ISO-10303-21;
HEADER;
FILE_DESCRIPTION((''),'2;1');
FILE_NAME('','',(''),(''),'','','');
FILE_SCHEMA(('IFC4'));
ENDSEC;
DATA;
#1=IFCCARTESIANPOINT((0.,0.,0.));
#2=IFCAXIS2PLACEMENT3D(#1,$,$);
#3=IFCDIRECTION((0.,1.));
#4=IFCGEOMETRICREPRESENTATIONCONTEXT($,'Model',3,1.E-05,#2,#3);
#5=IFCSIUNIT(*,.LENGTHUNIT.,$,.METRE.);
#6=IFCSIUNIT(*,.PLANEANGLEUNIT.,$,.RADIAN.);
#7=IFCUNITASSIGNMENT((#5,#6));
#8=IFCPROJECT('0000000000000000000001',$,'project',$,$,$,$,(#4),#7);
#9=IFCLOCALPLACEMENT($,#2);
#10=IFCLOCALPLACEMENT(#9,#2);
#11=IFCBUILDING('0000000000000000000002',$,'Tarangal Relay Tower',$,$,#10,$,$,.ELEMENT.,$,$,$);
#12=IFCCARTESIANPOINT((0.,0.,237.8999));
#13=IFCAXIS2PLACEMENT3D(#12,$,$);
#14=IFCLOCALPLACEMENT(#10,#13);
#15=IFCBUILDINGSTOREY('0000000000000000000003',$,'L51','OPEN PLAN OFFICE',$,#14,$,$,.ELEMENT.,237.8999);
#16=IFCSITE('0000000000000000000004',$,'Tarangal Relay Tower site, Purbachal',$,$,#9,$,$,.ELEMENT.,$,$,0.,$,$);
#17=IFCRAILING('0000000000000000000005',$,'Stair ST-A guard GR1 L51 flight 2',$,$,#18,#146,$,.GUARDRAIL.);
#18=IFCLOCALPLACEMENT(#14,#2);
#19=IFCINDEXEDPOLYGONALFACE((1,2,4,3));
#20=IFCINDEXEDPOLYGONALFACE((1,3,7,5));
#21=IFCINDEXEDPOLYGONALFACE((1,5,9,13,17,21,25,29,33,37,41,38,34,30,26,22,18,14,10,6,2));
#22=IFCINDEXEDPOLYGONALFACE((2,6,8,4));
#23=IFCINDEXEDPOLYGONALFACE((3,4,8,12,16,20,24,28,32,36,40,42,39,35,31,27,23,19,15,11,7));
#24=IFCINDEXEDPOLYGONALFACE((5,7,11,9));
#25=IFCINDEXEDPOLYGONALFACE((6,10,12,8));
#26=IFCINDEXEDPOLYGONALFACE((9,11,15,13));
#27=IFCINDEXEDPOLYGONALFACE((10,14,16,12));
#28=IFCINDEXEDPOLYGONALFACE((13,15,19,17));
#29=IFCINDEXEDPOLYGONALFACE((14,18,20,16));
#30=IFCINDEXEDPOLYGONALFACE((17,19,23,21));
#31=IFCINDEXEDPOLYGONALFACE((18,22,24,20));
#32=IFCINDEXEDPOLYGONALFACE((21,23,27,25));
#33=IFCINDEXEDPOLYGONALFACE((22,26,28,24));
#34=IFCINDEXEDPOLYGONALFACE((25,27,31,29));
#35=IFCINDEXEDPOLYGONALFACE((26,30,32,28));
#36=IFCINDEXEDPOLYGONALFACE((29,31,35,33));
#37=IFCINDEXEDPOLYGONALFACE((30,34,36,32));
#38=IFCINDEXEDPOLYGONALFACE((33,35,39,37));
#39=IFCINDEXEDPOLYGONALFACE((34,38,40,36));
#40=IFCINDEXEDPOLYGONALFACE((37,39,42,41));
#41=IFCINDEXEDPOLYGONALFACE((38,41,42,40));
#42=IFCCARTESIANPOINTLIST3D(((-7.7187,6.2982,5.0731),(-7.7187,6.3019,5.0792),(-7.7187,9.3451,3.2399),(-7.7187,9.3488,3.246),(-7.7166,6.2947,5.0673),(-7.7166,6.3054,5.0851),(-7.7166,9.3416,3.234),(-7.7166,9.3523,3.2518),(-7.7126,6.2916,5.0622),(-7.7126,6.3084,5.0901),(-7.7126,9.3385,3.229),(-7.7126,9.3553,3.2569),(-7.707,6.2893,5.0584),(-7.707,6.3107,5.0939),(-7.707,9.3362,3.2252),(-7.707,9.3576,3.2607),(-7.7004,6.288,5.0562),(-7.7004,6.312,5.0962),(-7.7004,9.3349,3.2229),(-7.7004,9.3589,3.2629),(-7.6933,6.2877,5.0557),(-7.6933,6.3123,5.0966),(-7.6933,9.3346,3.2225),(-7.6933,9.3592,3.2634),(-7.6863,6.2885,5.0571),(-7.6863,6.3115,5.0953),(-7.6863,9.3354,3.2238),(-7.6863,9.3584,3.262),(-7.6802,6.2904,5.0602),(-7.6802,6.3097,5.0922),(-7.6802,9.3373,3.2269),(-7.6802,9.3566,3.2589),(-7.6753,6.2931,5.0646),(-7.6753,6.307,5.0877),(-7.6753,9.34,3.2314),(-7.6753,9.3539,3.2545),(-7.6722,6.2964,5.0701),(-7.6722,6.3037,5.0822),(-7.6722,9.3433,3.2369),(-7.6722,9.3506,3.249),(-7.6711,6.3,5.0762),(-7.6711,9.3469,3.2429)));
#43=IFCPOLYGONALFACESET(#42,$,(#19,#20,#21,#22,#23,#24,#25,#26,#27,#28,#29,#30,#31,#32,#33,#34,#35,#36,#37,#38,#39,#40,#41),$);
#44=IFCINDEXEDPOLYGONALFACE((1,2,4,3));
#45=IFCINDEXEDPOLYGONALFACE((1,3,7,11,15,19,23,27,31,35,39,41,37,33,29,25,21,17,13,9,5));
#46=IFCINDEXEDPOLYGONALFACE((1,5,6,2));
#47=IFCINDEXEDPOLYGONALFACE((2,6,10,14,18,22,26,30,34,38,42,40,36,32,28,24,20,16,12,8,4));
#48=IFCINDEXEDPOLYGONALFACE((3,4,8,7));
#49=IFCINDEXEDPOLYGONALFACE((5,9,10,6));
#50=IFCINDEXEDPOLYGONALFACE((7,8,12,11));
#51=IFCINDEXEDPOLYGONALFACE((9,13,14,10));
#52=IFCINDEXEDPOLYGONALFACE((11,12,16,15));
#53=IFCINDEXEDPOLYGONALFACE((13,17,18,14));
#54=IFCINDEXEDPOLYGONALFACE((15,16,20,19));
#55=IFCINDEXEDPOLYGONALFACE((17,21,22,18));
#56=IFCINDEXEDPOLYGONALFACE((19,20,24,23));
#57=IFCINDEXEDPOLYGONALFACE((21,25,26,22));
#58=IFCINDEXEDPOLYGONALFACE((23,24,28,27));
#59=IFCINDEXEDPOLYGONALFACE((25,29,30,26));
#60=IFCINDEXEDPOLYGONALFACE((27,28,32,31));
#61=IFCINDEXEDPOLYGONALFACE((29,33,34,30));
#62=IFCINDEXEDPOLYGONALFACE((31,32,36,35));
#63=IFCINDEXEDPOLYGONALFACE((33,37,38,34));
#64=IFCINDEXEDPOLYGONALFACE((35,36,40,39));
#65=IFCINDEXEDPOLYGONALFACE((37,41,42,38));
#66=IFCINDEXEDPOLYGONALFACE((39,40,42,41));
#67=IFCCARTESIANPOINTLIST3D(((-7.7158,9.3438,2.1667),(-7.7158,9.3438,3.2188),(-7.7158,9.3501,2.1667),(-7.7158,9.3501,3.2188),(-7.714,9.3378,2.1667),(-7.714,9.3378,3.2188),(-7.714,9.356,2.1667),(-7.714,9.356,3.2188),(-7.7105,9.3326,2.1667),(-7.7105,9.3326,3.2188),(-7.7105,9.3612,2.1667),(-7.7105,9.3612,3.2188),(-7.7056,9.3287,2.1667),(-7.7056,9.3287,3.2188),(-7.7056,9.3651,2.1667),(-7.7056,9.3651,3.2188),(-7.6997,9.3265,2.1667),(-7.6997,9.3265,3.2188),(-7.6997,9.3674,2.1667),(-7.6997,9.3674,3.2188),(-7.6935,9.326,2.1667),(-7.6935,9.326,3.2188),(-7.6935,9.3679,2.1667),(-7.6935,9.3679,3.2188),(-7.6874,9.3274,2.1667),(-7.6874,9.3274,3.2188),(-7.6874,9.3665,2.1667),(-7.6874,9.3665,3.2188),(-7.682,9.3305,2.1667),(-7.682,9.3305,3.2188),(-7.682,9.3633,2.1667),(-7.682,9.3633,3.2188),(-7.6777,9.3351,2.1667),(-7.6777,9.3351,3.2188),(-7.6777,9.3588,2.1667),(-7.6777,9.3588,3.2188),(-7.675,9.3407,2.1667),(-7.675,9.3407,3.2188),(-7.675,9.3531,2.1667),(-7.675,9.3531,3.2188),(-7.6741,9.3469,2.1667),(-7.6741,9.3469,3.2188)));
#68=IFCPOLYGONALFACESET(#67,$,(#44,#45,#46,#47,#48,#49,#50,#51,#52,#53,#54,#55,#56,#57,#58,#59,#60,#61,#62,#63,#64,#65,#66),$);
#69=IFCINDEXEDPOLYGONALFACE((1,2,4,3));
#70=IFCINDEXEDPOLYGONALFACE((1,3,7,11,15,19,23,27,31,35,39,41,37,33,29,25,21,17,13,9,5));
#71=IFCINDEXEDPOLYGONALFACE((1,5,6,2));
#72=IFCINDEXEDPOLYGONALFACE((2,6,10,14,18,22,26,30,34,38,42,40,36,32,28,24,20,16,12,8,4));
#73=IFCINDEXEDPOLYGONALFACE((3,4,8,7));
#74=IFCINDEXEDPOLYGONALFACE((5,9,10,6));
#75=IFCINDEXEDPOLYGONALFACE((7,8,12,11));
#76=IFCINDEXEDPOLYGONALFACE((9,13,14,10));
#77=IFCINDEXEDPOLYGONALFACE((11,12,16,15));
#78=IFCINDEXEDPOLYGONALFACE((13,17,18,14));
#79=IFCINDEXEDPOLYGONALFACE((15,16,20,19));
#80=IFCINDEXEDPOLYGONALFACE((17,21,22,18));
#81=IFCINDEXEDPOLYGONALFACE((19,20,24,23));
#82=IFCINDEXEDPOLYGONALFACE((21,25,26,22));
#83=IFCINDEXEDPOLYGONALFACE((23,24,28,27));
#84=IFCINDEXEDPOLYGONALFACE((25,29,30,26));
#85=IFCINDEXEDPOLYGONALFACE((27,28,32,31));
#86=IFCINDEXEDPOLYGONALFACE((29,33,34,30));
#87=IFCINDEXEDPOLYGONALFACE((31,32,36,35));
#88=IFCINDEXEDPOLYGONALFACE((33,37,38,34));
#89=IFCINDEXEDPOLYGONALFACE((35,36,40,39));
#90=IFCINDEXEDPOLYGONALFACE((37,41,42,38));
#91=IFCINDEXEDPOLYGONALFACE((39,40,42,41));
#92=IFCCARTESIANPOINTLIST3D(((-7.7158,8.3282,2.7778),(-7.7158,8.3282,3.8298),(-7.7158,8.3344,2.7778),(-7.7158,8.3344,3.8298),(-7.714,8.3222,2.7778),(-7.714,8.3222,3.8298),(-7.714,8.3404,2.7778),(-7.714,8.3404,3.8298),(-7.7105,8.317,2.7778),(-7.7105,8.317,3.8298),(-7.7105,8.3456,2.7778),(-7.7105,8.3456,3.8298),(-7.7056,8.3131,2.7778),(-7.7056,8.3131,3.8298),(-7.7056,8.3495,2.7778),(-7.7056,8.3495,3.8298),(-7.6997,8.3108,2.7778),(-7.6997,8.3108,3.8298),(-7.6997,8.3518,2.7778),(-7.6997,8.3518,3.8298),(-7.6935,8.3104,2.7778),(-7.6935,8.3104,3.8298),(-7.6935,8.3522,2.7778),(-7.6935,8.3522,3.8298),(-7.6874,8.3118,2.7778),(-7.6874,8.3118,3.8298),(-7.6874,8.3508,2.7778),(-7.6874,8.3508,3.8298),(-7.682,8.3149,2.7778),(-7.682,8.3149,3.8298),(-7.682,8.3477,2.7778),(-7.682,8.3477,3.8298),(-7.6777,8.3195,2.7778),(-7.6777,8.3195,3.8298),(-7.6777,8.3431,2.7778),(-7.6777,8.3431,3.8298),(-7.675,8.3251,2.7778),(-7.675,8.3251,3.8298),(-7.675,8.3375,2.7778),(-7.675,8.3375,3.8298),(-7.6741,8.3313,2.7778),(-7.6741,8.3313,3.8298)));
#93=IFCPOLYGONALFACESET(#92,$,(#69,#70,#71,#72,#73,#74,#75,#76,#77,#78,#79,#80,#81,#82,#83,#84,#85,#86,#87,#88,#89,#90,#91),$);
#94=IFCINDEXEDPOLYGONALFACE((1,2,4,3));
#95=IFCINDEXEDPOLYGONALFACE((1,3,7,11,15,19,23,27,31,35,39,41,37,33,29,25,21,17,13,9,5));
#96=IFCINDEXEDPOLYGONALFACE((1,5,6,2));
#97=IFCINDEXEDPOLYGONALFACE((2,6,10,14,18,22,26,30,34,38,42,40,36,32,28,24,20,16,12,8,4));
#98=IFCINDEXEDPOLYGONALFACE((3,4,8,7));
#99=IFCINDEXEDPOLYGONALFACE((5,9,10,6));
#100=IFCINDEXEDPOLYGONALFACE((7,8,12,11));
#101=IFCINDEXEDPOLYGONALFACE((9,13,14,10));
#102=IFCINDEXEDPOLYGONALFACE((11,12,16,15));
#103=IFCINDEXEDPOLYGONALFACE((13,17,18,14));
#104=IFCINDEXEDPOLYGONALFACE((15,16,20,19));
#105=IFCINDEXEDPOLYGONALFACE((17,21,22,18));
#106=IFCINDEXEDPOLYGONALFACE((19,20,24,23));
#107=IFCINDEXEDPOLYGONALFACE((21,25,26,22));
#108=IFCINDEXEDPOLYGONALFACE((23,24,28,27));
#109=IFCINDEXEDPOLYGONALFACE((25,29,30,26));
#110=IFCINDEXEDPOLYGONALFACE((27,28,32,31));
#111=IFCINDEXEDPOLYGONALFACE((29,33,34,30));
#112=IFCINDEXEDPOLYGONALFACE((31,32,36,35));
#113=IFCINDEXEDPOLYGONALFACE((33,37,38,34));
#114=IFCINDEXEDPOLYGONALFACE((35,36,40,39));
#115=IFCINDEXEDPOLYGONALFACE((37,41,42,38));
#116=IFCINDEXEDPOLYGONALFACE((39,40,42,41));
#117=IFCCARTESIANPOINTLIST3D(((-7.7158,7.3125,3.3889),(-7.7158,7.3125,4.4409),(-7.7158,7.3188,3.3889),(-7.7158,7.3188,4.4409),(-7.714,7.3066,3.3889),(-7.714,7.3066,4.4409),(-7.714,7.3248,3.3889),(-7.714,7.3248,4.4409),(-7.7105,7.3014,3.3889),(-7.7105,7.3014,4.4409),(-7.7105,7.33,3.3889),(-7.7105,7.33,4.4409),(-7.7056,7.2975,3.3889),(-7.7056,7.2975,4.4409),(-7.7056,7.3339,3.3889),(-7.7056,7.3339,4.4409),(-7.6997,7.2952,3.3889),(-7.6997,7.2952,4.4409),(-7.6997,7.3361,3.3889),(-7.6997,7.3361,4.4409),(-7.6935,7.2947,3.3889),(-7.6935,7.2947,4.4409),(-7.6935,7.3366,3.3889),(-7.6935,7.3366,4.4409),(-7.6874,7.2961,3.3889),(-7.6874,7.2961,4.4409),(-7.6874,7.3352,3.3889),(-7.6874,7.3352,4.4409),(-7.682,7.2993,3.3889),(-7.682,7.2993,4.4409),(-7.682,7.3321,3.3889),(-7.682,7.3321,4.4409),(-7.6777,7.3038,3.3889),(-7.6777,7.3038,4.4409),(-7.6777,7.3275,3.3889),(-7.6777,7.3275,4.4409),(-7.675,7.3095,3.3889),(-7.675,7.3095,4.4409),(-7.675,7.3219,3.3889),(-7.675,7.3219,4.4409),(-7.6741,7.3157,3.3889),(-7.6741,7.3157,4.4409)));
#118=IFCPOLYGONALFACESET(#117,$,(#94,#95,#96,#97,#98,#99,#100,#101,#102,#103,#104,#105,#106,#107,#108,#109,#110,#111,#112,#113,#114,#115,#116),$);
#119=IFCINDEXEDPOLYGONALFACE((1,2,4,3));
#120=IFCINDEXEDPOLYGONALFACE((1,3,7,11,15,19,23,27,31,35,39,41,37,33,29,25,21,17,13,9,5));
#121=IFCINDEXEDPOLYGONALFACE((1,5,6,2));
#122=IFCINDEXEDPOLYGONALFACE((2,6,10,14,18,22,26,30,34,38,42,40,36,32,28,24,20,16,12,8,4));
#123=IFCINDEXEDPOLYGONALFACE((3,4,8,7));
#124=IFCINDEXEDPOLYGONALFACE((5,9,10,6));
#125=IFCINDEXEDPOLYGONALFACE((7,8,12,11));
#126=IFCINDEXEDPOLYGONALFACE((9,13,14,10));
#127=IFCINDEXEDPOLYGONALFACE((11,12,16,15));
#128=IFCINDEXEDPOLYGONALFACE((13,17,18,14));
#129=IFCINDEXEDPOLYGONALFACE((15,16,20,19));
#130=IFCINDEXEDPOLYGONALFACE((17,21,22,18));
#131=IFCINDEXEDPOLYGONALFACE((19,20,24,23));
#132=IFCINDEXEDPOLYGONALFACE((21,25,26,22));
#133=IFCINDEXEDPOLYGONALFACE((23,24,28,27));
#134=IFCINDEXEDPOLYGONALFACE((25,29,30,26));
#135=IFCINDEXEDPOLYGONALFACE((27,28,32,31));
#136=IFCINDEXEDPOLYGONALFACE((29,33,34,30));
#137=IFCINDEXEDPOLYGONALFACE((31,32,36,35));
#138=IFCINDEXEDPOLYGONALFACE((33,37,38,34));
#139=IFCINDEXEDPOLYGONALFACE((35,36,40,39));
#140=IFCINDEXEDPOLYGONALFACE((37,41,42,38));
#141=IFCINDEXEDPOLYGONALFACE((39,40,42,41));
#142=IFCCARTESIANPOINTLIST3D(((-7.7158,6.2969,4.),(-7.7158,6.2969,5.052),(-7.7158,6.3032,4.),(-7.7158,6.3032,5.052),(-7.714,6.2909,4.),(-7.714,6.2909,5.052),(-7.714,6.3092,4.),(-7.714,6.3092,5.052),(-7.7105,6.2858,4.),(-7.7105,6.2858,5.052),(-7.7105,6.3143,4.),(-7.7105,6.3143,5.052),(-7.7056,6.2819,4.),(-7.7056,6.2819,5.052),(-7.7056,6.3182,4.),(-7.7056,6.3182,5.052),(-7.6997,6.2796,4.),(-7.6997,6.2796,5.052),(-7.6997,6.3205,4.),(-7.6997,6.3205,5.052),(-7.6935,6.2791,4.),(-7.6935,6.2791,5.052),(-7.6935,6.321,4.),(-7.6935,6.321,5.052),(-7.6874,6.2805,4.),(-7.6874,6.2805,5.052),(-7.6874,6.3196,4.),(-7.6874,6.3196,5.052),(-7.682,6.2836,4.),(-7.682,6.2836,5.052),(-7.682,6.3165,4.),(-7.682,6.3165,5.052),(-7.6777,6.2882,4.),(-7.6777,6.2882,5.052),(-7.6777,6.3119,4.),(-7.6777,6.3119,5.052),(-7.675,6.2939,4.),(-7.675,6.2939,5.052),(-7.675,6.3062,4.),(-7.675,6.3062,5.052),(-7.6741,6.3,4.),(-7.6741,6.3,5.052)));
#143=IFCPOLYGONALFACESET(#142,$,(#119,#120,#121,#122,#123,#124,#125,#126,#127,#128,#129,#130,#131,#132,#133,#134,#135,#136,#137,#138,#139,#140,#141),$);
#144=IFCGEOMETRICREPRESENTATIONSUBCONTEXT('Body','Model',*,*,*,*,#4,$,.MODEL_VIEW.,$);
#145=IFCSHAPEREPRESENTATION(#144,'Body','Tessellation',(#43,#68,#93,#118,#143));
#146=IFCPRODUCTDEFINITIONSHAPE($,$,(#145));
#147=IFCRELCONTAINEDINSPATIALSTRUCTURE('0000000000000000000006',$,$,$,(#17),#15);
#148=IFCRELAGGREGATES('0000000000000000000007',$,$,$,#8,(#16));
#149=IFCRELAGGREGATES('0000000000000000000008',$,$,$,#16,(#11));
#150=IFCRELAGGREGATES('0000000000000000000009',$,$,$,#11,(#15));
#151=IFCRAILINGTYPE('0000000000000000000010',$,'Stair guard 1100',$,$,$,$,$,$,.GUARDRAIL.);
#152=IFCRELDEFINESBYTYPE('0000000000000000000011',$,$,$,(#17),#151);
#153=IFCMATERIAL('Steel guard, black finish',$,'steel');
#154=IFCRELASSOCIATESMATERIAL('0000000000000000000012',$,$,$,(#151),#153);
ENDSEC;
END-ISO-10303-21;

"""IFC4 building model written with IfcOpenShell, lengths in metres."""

from ifc_helpers import new_model, si_unit, direction, frame, origin, origin_2d, place, context, subcontext, project, spatial, circle, extrude, material, type_object, element, save


model = new_model("IFC4")

# Units and contexts
model_context = context("Model", 3, precision=1e-05, world=origin(), true_north=direction((0.0, 1.0)))
body_context = subcontext(model_context, "Body", "Model", "MODEL_VIEW")
ifc_project = project(units=[si_unit("LENGTHUNIT", "METRE"), si_unit("PLANEANGLEUNIT", "RADIAN")], contexts=[model_context])

# Site, building, storey
site_placement = place(None, origin())
site = spatial("IfcSite", under=ifc_project, at=site_placement, Name="Tarangal Relay Tower site, Purbachal", CompositionType="ELEMENT", RefElevation=0.0)
building_placement = place(site_placement, origin())
building = spatial("IfcBuilding", under=site, at=building_placement, Name="Tarangal Relay Tower", CompositionType="ELEMENT")
storey_placement = place(building_placement, frame((0.0, 0.0, 237.8999)))
storey = spatial("IfcBuildingStorey", under=building, at=storey_placement, Name="L51", Description="OPEN PLAN OFFICE", CompositionType="ELEMENT", Elevation=237.8999)

# Railing
ifc_material_1 = material(Name="Steel guard, black finish", Category="steel")
railing_type_1 = type_object("IfcRailingType", Name="Stair guard 1100", PredefinedType="GUARDRAIL", material=ifc_material_1)
railing_1_placement = place(storey_placement, frame((-7.6951, 9.3469, 2.1667)))
element("IfcRailing", 1, at=railing_1_placement, inside=storey, type_object=railing_type_1, Name="Stair ST-A guard GR1 L51 flight 2", PredefinedType="GUARDRAIL", context=body_context, shape_type="SweptSolid", body=[
    extrude(circle(Radius=0.0239, at=origin_2d()), frame((0.0, 0.0, 1.0762), z_axis=(0.0, -0.856856, 0.515556), x_axis=(1.0, 0.0, 0.0)), (0.0, 0.0, 1.0), 3.5559),
    extrude(circle(Radius=0.021, at=origin_2d()), origin(), (0.0, 0.0, 1.0), 1.052),
    extrude(circle(Radius=0.021, at=origin_2d()), frame((0.0, -1.0156, 0.6111)), (0.0, 0.0, 1.0), 1.052),
    extrude(circle(Radius=0.021, at=origin_2d()), frame((0.0, -2.0312, 1.2222)), (0.0, 0.0, 1.0), 1.052),
    extrude(circle(Radius=0.021, at=origin_2d()), frame((0.0, -3.0469, 1.8333)), (0.0, 0.0, 1.0), 1.052),
])

save(model, "model.ifc")
